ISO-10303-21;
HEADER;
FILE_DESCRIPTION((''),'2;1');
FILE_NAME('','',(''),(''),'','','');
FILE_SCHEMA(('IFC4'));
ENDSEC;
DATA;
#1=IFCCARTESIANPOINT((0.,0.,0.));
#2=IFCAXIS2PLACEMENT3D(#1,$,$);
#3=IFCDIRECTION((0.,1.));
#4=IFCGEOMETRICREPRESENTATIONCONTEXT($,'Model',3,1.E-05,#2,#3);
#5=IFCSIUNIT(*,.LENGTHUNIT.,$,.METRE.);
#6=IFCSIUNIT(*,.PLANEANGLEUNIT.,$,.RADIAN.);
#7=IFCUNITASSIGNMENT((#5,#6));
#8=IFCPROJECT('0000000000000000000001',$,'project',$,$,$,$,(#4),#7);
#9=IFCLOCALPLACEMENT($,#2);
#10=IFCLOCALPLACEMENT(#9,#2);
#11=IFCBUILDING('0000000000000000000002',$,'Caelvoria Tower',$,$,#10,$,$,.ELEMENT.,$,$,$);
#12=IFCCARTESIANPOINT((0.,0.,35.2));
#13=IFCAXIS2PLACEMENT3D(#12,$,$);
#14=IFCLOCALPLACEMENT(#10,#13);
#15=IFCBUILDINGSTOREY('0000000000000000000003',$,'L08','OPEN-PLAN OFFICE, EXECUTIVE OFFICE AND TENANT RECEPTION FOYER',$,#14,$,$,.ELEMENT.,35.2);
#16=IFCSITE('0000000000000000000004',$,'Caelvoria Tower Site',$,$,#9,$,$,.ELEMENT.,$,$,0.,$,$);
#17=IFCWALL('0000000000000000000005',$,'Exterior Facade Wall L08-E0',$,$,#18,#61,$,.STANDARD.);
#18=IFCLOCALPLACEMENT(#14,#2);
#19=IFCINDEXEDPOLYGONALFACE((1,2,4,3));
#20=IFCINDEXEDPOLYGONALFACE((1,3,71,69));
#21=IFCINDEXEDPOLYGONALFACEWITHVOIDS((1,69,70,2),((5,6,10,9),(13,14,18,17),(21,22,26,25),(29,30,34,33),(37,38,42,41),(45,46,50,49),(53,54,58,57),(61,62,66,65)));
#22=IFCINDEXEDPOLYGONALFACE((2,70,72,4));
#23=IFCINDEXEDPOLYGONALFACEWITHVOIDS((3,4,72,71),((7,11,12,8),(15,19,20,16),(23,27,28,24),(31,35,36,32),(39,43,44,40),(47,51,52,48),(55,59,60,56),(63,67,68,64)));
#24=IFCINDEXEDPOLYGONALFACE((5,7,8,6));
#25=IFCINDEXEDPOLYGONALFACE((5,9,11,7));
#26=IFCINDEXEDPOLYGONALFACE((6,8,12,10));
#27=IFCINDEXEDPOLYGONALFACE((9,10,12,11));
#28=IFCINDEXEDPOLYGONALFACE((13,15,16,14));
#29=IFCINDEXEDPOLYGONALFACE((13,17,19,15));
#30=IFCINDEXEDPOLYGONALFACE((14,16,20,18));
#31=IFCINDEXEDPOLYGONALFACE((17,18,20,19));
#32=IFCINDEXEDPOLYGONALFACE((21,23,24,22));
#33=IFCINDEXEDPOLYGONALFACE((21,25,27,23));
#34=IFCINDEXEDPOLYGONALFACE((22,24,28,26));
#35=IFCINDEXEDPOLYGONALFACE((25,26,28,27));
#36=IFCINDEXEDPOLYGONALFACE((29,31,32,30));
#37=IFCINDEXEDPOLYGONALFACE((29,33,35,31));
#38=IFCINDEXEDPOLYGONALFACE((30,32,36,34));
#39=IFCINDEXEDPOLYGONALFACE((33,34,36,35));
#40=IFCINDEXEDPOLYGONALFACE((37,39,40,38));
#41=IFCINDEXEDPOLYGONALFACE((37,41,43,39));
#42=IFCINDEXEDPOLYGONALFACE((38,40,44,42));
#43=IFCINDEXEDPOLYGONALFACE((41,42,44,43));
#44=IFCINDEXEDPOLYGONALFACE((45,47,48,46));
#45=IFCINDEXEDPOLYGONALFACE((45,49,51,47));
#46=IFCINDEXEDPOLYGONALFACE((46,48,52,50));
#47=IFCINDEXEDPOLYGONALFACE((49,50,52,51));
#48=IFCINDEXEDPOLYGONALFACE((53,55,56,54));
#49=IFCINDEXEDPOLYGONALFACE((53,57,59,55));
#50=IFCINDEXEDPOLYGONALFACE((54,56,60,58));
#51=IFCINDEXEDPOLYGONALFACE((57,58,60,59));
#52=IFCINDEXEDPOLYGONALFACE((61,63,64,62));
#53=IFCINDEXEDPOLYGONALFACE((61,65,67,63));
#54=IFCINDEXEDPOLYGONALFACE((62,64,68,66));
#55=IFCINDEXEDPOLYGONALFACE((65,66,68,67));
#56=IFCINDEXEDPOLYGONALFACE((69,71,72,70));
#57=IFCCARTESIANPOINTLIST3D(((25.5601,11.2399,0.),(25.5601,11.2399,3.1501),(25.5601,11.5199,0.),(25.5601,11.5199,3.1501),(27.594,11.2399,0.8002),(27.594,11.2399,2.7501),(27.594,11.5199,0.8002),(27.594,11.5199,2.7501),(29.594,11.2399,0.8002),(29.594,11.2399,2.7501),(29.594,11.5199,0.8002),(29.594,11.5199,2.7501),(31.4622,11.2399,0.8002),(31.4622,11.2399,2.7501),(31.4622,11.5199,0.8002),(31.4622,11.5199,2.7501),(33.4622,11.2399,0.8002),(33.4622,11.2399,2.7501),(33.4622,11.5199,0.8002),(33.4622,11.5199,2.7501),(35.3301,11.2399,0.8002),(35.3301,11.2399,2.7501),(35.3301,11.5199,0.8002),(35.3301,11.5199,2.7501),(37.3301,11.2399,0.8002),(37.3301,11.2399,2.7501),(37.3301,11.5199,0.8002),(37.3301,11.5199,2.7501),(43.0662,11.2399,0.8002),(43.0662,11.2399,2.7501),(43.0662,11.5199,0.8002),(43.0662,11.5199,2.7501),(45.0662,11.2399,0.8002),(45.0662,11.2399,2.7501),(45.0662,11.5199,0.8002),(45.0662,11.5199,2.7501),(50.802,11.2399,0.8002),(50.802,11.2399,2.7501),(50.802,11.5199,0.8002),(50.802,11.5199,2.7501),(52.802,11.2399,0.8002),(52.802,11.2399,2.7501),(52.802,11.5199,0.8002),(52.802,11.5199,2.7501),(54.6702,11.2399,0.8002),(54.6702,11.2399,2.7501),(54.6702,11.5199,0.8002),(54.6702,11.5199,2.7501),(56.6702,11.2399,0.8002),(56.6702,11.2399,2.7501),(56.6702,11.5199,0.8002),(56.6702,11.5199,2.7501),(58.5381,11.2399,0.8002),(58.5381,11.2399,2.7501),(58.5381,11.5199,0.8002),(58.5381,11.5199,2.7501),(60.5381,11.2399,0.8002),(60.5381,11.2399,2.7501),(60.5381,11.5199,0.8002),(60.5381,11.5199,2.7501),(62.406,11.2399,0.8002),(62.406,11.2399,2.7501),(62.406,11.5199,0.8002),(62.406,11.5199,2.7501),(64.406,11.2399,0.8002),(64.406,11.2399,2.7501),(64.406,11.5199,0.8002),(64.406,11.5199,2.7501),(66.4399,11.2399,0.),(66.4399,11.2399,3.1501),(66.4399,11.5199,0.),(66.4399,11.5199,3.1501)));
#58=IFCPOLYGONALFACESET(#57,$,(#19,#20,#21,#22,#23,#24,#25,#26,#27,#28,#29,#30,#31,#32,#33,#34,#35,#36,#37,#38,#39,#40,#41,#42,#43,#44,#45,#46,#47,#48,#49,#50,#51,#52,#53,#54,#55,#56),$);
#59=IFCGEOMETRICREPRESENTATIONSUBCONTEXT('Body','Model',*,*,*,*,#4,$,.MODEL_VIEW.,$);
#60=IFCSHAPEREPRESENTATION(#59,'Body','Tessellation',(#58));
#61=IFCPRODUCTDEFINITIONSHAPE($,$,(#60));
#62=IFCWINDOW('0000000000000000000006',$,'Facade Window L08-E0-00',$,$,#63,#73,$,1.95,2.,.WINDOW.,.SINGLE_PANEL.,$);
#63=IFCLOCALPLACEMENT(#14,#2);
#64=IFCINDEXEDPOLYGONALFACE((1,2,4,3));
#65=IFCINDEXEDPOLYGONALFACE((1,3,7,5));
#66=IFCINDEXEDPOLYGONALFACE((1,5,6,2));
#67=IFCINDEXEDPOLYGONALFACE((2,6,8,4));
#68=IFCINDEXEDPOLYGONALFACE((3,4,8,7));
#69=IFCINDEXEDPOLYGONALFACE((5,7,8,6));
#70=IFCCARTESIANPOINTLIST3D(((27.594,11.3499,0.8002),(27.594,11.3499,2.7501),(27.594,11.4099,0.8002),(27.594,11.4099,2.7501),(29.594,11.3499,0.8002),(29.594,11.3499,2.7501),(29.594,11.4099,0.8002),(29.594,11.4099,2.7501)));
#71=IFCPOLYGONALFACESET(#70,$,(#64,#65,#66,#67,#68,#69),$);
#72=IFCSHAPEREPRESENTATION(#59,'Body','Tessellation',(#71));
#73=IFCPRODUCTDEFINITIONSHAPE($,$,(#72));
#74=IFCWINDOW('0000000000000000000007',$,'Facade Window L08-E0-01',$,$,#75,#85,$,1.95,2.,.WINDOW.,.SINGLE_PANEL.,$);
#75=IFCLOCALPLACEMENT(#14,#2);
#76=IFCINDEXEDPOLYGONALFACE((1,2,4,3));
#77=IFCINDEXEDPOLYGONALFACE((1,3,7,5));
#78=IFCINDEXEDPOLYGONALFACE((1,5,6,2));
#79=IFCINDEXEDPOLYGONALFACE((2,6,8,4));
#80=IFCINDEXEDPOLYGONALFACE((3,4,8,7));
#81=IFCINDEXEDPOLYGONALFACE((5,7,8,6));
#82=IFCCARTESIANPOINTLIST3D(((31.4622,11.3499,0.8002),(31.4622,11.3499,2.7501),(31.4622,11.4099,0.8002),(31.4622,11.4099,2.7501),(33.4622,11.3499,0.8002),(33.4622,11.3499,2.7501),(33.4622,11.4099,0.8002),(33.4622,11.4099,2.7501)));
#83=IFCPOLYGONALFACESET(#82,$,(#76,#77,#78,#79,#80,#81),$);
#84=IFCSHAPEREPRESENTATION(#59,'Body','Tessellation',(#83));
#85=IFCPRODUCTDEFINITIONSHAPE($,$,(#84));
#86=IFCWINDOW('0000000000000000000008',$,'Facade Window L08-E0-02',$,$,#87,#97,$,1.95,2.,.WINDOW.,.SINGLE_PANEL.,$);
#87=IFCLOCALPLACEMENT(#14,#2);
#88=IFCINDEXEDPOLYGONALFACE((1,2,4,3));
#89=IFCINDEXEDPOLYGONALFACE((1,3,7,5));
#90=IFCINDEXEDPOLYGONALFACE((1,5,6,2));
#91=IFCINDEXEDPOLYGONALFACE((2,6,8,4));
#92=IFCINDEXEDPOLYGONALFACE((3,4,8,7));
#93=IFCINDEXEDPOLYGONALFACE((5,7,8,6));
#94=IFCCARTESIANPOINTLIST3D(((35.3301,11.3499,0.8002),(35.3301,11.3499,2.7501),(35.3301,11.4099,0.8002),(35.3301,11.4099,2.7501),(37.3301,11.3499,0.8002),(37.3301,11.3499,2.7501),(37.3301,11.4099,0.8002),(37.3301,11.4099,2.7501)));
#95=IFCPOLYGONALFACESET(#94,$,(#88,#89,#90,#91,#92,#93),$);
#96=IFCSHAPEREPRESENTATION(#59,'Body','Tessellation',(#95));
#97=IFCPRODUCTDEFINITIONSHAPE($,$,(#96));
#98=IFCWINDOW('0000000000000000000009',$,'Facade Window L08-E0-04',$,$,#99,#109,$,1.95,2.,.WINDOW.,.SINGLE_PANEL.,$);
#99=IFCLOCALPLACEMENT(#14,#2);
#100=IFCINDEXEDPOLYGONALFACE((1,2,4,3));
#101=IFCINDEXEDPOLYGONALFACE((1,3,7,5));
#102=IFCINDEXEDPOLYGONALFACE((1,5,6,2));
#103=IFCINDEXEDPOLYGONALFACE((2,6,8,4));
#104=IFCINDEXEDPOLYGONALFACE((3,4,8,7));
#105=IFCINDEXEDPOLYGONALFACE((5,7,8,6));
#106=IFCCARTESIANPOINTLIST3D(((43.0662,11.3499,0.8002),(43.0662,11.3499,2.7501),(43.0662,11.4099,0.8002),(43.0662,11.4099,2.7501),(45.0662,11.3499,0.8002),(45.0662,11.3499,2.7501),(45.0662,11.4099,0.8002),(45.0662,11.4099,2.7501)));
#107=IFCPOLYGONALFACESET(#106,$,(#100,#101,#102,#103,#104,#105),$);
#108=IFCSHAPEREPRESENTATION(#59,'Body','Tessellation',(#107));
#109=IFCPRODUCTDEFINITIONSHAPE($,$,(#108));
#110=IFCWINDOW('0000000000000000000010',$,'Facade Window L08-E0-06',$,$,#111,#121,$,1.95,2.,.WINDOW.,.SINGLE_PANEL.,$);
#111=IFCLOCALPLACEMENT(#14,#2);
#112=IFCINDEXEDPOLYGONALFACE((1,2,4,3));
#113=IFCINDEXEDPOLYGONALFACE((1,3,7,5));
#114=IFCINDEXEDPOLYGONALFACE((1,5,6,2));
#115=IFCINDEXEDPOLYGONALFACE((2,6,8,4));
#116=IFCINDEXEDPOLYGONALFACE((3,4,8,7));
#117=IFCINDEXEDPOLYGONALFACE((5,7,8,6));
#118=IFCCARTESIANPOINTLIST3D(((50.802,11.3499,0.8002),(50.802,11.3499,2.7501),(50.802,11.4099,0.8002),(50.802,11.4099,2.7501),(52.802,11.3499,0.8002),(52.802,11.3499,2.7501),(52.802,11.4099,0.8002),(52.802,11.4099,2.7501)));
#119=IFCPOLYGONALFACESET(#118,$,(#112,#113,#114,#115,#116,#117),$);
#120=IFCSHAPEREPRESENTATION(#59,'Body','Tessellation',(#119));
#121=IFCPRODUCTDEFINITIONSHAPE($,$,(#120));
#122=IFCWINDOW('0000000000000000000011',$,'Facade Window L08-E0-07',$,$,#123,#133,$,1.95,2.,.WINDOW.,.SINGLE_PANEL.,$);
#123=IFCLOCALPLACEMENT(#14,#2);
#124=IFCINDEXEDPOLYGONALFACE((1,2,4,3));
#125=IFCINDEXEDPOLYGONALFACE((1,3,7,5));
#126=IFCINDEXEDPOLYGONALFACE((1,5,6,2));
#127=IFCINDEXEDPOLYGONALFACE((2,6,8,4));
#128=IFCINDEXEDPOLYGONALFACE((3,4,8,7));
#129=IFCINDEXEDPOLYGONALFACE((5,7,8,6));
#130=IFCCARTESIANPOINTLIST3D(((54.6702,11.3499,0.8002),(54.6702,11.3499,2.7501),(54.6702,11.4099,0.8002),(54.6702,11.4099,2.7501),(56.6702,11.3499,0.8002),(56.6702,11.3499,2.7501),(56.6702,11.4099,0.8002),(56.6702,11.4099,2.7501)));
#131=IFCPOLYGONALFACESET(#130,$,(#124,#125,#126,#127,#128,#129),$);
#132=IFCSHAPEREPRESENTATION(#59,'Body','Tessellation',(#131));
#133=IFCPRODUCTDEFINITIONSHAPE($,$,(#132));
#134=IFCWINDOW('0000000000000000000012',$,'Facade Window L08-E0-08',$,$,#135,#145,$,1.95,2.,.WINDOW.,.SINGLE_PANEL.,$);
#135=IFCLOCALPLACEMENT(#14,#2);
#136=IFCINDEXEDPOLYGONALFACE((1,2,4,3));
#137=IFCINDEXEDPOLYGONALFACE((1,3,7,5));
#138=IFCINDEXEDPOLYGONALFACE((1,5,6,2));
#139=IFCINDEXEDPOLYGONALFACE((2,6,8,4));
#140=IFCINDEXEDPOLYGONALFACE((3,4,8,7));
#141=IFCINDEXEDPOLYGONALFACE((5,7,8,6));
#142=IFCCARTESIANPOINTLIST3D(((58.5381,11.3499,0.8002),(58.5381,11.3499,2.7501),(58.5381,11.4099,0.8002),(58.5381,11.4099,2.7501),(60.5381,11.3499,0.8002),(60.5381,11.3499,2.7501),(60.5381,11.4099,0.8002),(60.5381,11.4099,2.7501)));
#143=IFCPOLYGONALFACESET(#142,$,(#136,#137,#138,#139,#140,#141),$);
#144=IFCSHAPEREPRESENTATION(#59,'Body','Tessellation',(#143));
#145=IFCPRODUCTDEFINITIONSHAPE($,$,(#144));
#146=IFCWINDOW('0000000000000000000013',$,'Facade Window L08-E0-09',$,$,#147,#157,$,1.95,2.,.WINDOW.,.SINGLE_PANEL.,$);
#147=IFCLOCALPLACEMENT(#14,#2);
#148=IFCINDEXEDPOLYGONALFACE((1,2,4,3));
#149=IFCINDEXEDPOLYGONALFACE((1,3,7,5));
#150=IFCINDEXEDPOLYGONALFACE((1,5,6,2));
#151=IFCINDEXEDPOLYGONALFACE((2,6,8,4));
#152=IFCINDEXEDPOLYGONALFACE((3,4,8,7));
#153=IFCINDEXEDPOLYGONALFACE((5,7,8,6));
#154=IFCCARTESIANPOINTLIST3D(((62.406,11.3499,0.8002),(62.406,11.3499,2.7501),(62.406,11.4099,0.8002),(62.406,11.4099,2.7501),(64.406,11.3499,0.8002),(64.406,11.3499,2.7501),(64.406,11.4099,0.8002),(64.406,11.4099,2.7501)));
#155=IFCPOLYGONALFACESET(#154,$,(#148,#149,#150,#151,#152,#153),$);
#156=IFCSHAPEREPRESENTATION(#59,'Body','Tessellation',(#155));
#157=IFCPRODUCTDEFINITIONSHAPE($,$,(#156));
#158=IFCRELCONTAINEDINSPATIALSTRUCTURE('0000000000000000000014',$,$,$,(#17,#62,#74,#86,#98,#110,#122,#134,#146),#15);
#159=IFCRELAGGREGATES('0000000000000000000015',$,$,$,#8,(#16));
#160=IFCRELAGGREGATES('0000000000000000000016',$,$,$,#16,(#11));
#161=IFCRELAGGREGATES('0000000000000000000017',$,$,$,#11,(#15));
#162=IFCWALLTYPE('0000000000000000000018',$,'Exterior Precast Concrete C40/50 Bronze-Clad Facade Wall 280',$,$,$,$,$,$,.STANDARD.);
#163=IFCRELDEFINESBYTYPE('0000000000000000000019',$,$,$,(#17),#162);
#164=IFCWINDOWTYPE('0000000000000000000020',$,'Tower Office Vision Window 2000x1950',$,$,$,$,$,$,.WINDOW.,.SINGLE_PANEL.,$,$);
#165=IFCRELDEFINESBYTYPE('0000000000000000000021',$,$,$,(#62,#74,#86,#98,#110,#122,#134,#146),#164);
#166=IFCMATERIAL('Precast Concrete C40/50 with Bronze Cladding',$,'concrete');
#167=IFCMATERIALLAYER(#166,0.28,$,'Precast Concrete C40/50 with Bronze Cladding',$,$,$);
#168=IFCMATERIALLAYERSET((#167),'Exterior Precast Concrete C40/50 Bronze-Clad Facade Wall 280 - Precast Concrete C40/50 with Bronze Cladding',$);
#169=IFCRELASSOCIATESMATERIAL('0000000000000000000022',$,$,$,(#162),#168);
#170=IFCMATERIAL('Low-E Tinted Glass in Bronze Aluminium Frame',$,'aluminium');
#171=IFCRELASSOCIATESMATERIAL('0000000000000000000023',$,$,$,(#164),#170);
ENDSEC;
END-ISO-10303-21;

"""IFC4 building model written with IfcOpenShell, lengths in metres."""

from ifc_helpers import new_model, si_unit, direction, frame, frame_2d, origin, place, context, subcontext, project, spatial, rectangle, extrude, material, layer, layer_set, type_object, element, fill, save


model = new_model("IFC4")

# Units and contexts
model_context = context("Model", 3, precision=1e-05, world=origin(), true_north=direction((0.0, 1.0)))
body_context = subcontext(model_context, "Body", "Model", "MODEL_VIEW")
ifc_project = project(units=[si_unit("LENGTHUNIT", "METRE"), si_unit("PLANEANGLEUNIT", "RADIAN")], contexts=[model_context])

# Site, building, storey
site_placement = place(None, origin())
site = spatial("IfcSite", under=ifc_project, at=site_placement, Name="Caelvoria Tower Site", CompositionType="ELEMENT", RefElevation=0.0)
building_placement = place(site_placement, origin())
building = spatial("IfcBuilding", under=site, at=building_placement, Name="Caelvoria Tower", CompositionType="ELEMENT")
storey_placement = place(building_placement, frame((0.0, 0.0, 35.2)))
storey = spatial("IfcBuildingStorey", under=building, at=storey_placement, Name="L08", Description="OPEN-PLAN OFFICE, EXECUTIVE OFFICE AND TENANT RECEPTION FOYER", CompositionType="ELEMENT", Elevation=35.2)

# Wall, openings, windows
ifc_material_1 = material(Name="Precast Concrete C40/50 with Bronze Cladding", Category="concrete")
ifc_layer_1 = layer(ifc_material_1, 0.28, Name="Precast Concrete C40/50 with Bronze Cladding")
ifc_layer_set_1 = layer_set([ifc_layer_1], Name="Exterior Precast Concrete C40/50 Bronze-Clad Facade Wall 280 - Precast Concrete C40/50 with Bronze Cladding")
wall_type = type_object("IfcWallType", Name="Exterior Precast Concrete C40/50 Bronze-Clad Facade Wall 280", PredefinedType="STANDARD", material=ifc_layer_set_1)
wall_1_placement = place(storey_placement, frame((25.5601, 11.3799, 0.0), z_axis=(0.0, 0.0, 1.0), x_axis=(1.0, 0.0, 0.0)))
wall_1 = element("IfcWall", 1, at=wall_1_placement, inside=storey, type_object=wall_type, Name="Exterior Facade Wall L08-E0", PredefinedType="STANDARD", context=body_context, shape_type="SweptSolid", body=[
    extrude(rectangle(XDim=40.8799, YDim=0.28, at=frame_2d((20.4399, 0.0))), origin(), (0.0, 0.0, 1.0), 3.1501),
])
opening_1_placement = place(wall_1_placement, frame((2.0339, 0.0, 0.8)))
opening_1 = element("IfcOpeningElement", 2, at=opening_1_placement, cuts=wall_1, PredefinedType="OPENING", context=body_context, shape_type="SweptSolid", body=[
    extrude(rectangle(XDim=2.0, YDim=1.95, at=frame_2d((1.0, 0.9751))), frame((0.0, 0.1499, 0.0), z_axis=(0.0, -1.0, 0.0), x_axis=(1.0, 0.0, 0.0)), (0.0, 0.0, 1.0), 0.3),
])
opening_2_placement = place(wall_1_placement, frame((5.9021, 0.0, 0.8)))
opening_2 = element("IfcOpeningElement", 3, at=opening_2_placement, cuts=wall_1, PredefinedType="OPENING", context=body_context, shape_type="SweptSolid", body=[
    extrude(rectangle(XDim=2.0, YDim=1.95, at=frame_2d((1.0, 0.9751))), frame((0.0, 0.1499, 0.0), z_axis=(0.0, -1.0, 0.0), x_axis=(1.0, 0.0, 0.0)), (0.0, 0.0, 1.0), 0.3),
])
opening_3_placement = place(wall_1_placement, frame((9.77, 0.0, 0.8)))
opening_3 = element("IfcOpeningElement", 4, at=opening_3_placement, cuts=wall_1, PredefinedType="OPENING", context=body_context, shape_type="SweptSolid", body=[
    extrude(rectangle(XDim=2.0, YDim=1.95, at=frame_2d((1.0, 0.9751))), frame((0.0, 0.1499, 0.0), z_axis=(0.0, -1.0, 0.0), x_axis=(1.0, 0.0, 0.0)), (0.0, 0.0, 1.0), 0.3),
])
opening_4_placement = place(wall_1_placement, frame((17.5061, 0.0, 0.8)))
opening_4 = element("IfcOpeningElement", 5, at=opening_4_placement, cuts=wall_1, PredefinedType="OPENING", context=body_context, shape_type="SweptSolid", body=[
    extrude(rectangle(XDim=2.0, YDim=1.95, at=frame_2d((1.0, 0.9751))), frame((0.0, 0.1499, 0.0), z_axis=(0.0, -1.0, 0.0), x_axis=(1.0, 0.0, 0.0)), (0.0, 0.0, 1.0), 0.3),
])
opening_5_placement = place(wall_1_placement, frame((25.2419, 0.0, 0.8)))
opening_5 = element("IfcOpeningElement", 6, at=opening_5_placement, cuts=wall_1, PredefinedType="OPENING", context=body_context, shape_type="SweptSolid", body=[
    extrude(rectangle(XDim=2.0, YDim=1.95, at=frame_2d((1.0, 0.9751))), frame((0.0, 0.1499, 0.0), z_axis=(0.0, -1.0, 0.0), x_axis=(1.0, 0.0, 0.0)), (0.0, 0.0, 1.0), 0.3),
])
opening_6_placement = place(wall_1_placement, frame((29.1101, 0.0, 0.8)))
opening_6 = element("IfcOpeningElement", 7, at=opening_6_placement, cuts=wall_1, PredefinedType="OPENING", context=body_context, shape_type="SweptSolid", body=[
    extrude(rectangle(XDim=2.0, YDim=1.95, at=frame_2d((1.0, 0.9751))), frame((0.0, 0.1499, 0.0), z_axis=(0.0, -1.0, 0.0), x_axis=(1.0, 0.0, 0.0)), (0.0, 0.0, 1.0), 0.3),
])
opening_7_placement = place(wall_1_placement, frame((32.978, 0.0, 0.8)))
opening_7 = element("IfcOpeningElement", 8, at=opening_7_placement, cuts=wall_1, PredefinedType="OPENING", context=body_context, shape_type="SweptSolid", body=[
    extrude(rectangle(XDim=2.0, YDim=1.95, at=frame_2d((1.0, 0.9751))), frame((0.0, 0.1499, 0.0), z_axis=(0.0, -1.0, 0.0), x_axis=(1.0, 0.0, 0.0)), (0.0, 0.0, 1.0), 0.3),
])
opening_8_placement = place(wall_1_placement, frame((36.8459, 0.0, 0.8)))
opening_8 = element("IfcOpeningElement", 9, at=opening_8_placement, cuts=wall_1, PredefinedType="OPENING", context=body_context, shape_type="SweptSolid", body=[
    extrude(rectangle(XDim=2.0, YDim=1.95, at=frame_2d((1.0, 0.9751))), frame((0.0, 0.1499, 0.0), z_axis=(0.0, -1.0, 0.0), x_axis=(1.0, 0.0, 0.0)), (0.0, 0.0, 1.0), 0.3),
])
ifc_material_2 = material(Name="Low-E Tinted Glass in Bronze Aluminium Frame", Category="aluminium")
window_type = type_object("IfcWindowType", Name="Tower Office Vision Window 2000x1950", PartitioningType="SINGLE_PANEL", PredefinedType="WINDOW", material=ifc_material_2)
window_1_placement = place(opening_1_placement, origin())
window_1 = element("IfcWindow", 10, at=window_1_placement, inside=storey, type_object=window_type, Name="Facade Window L08-E0-00", OverallHeight=1.95, OverallWidth=2.0, PartitioningType="SINGLE_PANEL", PredefinedType="WINDOW", context=body_context, shape_type="SweptSolid", body=[
    extrude(rectangle(XDim=2.0, YDim=1.95, at=frame_2d((1.0, 0.9751))), frame((0.0, 0.03, 0.0), z_axis=(0.0, -1.0, 0.0), x_axis=(1.0, 0.0, 0.0)), (0.0, 0.0, 1.0), 0.0601),
])
fill(opening_1, window_1)
window_2_placement = place(opening_2_placement, origin())
window_2 = element("IfcWindow", 11, at=window_2_placement, inside=storey, type_object=window_type, Name="Facade Window L08-E0-01", OverallHeight=1.95, OverallWidth=2.0, PartitioningType="SINGLE_PANEL", PredefinedType="WINDOW", context=body_context, shape_type="SweptSolid", body=[
    extrude(rectangle(XDim=2.0, YDim=1.95, at=frame_2d((1.0, 0.9751))), frame((0.0, 0.03, 0.0), z_axis=(0.0, -1.0, 0.0), x_axis=(1.0, 0.0, 0.0)), (0.0, 0.0, 1.0), 0.0601),
])
fill(opening_2, window_2)
window_3_placement = place(opening_3_placement, origin())
window_3 = element("IfcWindow", 12, at=window_3_placement, inside=storey, type_object=window_type, Name="Facade Window L08-E0-02", OverallHeight=1.95, OverallWidth=2.0, PartitioningType="SINGLE_PANEL", PredefinedType="WINDOW", context=body_context, shape_type="SweptSolid", body=[
    extrude(rectangle(XDim=2.0, YDim=1.95, at=frame_2d((1.0, 0.9751))), frame((0.0, 0.03, 0.0), z_axis=(0.0, -1.0, 0.0), x_axis=(1.0, 0.0, 0.0)), (0.0, 0.0, 1.0), 0.0601),
])
fill(opening_3, window_3)
window_4_placement = place(opening_4_placement, origin())
window_4 = element("IfcWindow", 13, at=window_4_placement, inside=storey, type_object=window_type, Name="Facade Window L08-E0-04", OverallHeight=1.95, OverallWidth=2.0, PartitioningType="SINGLE_PANEL", PredefinedType="WINDOW", context=body_context, shape_type="SweptSolid", body=[
    extrude(rectangle(XDim=2.0, YDim=1.95, at=frame_2d((1.0, 0.9751))), frame((0.0, 0.03, 0.0), z_axis=(0.0, -1.0, 0.0), x_axis=(1.0, 0.0, 0.0)), (0.0, 0.0, 1.0), 0.0601),
])
fill(opening_4, window_4)
window_5_placement = place(opening_5_placement, origin())
window_5 = element("IfcWindow", 14, at=window_5_placement, inside=storey, type_object=window_type, Name="Facade Window L08-E0-06", OverallHeight=1.95, OverallWidth=2.0, PartitioningType="SINGLE_PANEL", PredefinedType="WINDOW", context=body_context, shape_type="SweptSolid", body=[
    extrude(rectangle(XDim=2.0, YDim=1.95, at=frame_2d((1.0, 0.9751))), frame((0.0, 0.03, 0.0), z_axis=(0.0, -1.0, 0.0), x_axis=(1.0, 0.0, 0.0)), (0.0, 0.0, 1.0), 0.0601),
])
fill(opening_5, window_5)
window_6_placement = place(opening_6_placement, origin())
window_6 = element("IfcWindow", 15, at=window_6_placement, inside=storey, type_object=window_type, Name="Facade Window L08-E0-07", OverallHeight=1.95, OverallWidth=2.0, PartitioningType="SINGLE_PANEL", PredefinedType="WINDOW", context=body_context, shape_type="SweptSolid", body=[
    extrude(rectangle(XDim=2.0, YDim=1.95, at=frame_2d((1.0, 0.9751))), frame((0.0, 0.03, 0.0), z_axis=(0.0, -1.0, 0.0), x_axis=(1.0, 0.0, 0.0)), (0.0, 0.0, 1.0), 0.0601),
])
fill(opening_6, window_6)
window_7_placement = place(opening_7_placement, origin())
window_7 = element("IfcWindow", 16, at=window_7_placement, inside=storey, type_object=window_type, Name="Facade Window L08-E0-08", OverallHeight=1.95, OverallWidth=2.0, PartitioningType="SINGLE_PANEL", PredefinedType="WINDOW", context=body_context, shape_type="SweptSolid", body=[
    extrude(rectangle(XDim=2.0, YDim=1.95, at=frame_2d((1.0, 0.9751))), frame((0.0, 0.03, 0.0), z_axis=(0.0, -1.0, 0.0), x_axis=(1.0, 0.0, 0.0)), (0.0, 0.0, 1.0), 0.0601),
])
fill(opening_7, window_7)
window_8_placement = place(opening_8_placement, origin())
window_8 = element("IfcWindow", 17, at=window_8_placement, inside=storey, type_object=window_type, Name="Facade Window L08-E0-09", OverallHeight=1.95, OverallWidth=2.0, PartitioningType="SINGLE_PANEL", PredefinedType="WINDOW", context=body_context, shape_type="SweptSolid", body=[
    extrude(rectangle(XDim=2.0, YDim=1.95, at=frame_2d((1.0, 0.9751))), frame((0.0, 0.03, 0.0), z_axis=(0.0, -1.0, 0.0), x_axis=(1.0, 0.0, 0.0)), (0.0, 0.0, 1.0), 0.0601),
])
fill(opening_8, window_8)

save(model, "model.ifc")
